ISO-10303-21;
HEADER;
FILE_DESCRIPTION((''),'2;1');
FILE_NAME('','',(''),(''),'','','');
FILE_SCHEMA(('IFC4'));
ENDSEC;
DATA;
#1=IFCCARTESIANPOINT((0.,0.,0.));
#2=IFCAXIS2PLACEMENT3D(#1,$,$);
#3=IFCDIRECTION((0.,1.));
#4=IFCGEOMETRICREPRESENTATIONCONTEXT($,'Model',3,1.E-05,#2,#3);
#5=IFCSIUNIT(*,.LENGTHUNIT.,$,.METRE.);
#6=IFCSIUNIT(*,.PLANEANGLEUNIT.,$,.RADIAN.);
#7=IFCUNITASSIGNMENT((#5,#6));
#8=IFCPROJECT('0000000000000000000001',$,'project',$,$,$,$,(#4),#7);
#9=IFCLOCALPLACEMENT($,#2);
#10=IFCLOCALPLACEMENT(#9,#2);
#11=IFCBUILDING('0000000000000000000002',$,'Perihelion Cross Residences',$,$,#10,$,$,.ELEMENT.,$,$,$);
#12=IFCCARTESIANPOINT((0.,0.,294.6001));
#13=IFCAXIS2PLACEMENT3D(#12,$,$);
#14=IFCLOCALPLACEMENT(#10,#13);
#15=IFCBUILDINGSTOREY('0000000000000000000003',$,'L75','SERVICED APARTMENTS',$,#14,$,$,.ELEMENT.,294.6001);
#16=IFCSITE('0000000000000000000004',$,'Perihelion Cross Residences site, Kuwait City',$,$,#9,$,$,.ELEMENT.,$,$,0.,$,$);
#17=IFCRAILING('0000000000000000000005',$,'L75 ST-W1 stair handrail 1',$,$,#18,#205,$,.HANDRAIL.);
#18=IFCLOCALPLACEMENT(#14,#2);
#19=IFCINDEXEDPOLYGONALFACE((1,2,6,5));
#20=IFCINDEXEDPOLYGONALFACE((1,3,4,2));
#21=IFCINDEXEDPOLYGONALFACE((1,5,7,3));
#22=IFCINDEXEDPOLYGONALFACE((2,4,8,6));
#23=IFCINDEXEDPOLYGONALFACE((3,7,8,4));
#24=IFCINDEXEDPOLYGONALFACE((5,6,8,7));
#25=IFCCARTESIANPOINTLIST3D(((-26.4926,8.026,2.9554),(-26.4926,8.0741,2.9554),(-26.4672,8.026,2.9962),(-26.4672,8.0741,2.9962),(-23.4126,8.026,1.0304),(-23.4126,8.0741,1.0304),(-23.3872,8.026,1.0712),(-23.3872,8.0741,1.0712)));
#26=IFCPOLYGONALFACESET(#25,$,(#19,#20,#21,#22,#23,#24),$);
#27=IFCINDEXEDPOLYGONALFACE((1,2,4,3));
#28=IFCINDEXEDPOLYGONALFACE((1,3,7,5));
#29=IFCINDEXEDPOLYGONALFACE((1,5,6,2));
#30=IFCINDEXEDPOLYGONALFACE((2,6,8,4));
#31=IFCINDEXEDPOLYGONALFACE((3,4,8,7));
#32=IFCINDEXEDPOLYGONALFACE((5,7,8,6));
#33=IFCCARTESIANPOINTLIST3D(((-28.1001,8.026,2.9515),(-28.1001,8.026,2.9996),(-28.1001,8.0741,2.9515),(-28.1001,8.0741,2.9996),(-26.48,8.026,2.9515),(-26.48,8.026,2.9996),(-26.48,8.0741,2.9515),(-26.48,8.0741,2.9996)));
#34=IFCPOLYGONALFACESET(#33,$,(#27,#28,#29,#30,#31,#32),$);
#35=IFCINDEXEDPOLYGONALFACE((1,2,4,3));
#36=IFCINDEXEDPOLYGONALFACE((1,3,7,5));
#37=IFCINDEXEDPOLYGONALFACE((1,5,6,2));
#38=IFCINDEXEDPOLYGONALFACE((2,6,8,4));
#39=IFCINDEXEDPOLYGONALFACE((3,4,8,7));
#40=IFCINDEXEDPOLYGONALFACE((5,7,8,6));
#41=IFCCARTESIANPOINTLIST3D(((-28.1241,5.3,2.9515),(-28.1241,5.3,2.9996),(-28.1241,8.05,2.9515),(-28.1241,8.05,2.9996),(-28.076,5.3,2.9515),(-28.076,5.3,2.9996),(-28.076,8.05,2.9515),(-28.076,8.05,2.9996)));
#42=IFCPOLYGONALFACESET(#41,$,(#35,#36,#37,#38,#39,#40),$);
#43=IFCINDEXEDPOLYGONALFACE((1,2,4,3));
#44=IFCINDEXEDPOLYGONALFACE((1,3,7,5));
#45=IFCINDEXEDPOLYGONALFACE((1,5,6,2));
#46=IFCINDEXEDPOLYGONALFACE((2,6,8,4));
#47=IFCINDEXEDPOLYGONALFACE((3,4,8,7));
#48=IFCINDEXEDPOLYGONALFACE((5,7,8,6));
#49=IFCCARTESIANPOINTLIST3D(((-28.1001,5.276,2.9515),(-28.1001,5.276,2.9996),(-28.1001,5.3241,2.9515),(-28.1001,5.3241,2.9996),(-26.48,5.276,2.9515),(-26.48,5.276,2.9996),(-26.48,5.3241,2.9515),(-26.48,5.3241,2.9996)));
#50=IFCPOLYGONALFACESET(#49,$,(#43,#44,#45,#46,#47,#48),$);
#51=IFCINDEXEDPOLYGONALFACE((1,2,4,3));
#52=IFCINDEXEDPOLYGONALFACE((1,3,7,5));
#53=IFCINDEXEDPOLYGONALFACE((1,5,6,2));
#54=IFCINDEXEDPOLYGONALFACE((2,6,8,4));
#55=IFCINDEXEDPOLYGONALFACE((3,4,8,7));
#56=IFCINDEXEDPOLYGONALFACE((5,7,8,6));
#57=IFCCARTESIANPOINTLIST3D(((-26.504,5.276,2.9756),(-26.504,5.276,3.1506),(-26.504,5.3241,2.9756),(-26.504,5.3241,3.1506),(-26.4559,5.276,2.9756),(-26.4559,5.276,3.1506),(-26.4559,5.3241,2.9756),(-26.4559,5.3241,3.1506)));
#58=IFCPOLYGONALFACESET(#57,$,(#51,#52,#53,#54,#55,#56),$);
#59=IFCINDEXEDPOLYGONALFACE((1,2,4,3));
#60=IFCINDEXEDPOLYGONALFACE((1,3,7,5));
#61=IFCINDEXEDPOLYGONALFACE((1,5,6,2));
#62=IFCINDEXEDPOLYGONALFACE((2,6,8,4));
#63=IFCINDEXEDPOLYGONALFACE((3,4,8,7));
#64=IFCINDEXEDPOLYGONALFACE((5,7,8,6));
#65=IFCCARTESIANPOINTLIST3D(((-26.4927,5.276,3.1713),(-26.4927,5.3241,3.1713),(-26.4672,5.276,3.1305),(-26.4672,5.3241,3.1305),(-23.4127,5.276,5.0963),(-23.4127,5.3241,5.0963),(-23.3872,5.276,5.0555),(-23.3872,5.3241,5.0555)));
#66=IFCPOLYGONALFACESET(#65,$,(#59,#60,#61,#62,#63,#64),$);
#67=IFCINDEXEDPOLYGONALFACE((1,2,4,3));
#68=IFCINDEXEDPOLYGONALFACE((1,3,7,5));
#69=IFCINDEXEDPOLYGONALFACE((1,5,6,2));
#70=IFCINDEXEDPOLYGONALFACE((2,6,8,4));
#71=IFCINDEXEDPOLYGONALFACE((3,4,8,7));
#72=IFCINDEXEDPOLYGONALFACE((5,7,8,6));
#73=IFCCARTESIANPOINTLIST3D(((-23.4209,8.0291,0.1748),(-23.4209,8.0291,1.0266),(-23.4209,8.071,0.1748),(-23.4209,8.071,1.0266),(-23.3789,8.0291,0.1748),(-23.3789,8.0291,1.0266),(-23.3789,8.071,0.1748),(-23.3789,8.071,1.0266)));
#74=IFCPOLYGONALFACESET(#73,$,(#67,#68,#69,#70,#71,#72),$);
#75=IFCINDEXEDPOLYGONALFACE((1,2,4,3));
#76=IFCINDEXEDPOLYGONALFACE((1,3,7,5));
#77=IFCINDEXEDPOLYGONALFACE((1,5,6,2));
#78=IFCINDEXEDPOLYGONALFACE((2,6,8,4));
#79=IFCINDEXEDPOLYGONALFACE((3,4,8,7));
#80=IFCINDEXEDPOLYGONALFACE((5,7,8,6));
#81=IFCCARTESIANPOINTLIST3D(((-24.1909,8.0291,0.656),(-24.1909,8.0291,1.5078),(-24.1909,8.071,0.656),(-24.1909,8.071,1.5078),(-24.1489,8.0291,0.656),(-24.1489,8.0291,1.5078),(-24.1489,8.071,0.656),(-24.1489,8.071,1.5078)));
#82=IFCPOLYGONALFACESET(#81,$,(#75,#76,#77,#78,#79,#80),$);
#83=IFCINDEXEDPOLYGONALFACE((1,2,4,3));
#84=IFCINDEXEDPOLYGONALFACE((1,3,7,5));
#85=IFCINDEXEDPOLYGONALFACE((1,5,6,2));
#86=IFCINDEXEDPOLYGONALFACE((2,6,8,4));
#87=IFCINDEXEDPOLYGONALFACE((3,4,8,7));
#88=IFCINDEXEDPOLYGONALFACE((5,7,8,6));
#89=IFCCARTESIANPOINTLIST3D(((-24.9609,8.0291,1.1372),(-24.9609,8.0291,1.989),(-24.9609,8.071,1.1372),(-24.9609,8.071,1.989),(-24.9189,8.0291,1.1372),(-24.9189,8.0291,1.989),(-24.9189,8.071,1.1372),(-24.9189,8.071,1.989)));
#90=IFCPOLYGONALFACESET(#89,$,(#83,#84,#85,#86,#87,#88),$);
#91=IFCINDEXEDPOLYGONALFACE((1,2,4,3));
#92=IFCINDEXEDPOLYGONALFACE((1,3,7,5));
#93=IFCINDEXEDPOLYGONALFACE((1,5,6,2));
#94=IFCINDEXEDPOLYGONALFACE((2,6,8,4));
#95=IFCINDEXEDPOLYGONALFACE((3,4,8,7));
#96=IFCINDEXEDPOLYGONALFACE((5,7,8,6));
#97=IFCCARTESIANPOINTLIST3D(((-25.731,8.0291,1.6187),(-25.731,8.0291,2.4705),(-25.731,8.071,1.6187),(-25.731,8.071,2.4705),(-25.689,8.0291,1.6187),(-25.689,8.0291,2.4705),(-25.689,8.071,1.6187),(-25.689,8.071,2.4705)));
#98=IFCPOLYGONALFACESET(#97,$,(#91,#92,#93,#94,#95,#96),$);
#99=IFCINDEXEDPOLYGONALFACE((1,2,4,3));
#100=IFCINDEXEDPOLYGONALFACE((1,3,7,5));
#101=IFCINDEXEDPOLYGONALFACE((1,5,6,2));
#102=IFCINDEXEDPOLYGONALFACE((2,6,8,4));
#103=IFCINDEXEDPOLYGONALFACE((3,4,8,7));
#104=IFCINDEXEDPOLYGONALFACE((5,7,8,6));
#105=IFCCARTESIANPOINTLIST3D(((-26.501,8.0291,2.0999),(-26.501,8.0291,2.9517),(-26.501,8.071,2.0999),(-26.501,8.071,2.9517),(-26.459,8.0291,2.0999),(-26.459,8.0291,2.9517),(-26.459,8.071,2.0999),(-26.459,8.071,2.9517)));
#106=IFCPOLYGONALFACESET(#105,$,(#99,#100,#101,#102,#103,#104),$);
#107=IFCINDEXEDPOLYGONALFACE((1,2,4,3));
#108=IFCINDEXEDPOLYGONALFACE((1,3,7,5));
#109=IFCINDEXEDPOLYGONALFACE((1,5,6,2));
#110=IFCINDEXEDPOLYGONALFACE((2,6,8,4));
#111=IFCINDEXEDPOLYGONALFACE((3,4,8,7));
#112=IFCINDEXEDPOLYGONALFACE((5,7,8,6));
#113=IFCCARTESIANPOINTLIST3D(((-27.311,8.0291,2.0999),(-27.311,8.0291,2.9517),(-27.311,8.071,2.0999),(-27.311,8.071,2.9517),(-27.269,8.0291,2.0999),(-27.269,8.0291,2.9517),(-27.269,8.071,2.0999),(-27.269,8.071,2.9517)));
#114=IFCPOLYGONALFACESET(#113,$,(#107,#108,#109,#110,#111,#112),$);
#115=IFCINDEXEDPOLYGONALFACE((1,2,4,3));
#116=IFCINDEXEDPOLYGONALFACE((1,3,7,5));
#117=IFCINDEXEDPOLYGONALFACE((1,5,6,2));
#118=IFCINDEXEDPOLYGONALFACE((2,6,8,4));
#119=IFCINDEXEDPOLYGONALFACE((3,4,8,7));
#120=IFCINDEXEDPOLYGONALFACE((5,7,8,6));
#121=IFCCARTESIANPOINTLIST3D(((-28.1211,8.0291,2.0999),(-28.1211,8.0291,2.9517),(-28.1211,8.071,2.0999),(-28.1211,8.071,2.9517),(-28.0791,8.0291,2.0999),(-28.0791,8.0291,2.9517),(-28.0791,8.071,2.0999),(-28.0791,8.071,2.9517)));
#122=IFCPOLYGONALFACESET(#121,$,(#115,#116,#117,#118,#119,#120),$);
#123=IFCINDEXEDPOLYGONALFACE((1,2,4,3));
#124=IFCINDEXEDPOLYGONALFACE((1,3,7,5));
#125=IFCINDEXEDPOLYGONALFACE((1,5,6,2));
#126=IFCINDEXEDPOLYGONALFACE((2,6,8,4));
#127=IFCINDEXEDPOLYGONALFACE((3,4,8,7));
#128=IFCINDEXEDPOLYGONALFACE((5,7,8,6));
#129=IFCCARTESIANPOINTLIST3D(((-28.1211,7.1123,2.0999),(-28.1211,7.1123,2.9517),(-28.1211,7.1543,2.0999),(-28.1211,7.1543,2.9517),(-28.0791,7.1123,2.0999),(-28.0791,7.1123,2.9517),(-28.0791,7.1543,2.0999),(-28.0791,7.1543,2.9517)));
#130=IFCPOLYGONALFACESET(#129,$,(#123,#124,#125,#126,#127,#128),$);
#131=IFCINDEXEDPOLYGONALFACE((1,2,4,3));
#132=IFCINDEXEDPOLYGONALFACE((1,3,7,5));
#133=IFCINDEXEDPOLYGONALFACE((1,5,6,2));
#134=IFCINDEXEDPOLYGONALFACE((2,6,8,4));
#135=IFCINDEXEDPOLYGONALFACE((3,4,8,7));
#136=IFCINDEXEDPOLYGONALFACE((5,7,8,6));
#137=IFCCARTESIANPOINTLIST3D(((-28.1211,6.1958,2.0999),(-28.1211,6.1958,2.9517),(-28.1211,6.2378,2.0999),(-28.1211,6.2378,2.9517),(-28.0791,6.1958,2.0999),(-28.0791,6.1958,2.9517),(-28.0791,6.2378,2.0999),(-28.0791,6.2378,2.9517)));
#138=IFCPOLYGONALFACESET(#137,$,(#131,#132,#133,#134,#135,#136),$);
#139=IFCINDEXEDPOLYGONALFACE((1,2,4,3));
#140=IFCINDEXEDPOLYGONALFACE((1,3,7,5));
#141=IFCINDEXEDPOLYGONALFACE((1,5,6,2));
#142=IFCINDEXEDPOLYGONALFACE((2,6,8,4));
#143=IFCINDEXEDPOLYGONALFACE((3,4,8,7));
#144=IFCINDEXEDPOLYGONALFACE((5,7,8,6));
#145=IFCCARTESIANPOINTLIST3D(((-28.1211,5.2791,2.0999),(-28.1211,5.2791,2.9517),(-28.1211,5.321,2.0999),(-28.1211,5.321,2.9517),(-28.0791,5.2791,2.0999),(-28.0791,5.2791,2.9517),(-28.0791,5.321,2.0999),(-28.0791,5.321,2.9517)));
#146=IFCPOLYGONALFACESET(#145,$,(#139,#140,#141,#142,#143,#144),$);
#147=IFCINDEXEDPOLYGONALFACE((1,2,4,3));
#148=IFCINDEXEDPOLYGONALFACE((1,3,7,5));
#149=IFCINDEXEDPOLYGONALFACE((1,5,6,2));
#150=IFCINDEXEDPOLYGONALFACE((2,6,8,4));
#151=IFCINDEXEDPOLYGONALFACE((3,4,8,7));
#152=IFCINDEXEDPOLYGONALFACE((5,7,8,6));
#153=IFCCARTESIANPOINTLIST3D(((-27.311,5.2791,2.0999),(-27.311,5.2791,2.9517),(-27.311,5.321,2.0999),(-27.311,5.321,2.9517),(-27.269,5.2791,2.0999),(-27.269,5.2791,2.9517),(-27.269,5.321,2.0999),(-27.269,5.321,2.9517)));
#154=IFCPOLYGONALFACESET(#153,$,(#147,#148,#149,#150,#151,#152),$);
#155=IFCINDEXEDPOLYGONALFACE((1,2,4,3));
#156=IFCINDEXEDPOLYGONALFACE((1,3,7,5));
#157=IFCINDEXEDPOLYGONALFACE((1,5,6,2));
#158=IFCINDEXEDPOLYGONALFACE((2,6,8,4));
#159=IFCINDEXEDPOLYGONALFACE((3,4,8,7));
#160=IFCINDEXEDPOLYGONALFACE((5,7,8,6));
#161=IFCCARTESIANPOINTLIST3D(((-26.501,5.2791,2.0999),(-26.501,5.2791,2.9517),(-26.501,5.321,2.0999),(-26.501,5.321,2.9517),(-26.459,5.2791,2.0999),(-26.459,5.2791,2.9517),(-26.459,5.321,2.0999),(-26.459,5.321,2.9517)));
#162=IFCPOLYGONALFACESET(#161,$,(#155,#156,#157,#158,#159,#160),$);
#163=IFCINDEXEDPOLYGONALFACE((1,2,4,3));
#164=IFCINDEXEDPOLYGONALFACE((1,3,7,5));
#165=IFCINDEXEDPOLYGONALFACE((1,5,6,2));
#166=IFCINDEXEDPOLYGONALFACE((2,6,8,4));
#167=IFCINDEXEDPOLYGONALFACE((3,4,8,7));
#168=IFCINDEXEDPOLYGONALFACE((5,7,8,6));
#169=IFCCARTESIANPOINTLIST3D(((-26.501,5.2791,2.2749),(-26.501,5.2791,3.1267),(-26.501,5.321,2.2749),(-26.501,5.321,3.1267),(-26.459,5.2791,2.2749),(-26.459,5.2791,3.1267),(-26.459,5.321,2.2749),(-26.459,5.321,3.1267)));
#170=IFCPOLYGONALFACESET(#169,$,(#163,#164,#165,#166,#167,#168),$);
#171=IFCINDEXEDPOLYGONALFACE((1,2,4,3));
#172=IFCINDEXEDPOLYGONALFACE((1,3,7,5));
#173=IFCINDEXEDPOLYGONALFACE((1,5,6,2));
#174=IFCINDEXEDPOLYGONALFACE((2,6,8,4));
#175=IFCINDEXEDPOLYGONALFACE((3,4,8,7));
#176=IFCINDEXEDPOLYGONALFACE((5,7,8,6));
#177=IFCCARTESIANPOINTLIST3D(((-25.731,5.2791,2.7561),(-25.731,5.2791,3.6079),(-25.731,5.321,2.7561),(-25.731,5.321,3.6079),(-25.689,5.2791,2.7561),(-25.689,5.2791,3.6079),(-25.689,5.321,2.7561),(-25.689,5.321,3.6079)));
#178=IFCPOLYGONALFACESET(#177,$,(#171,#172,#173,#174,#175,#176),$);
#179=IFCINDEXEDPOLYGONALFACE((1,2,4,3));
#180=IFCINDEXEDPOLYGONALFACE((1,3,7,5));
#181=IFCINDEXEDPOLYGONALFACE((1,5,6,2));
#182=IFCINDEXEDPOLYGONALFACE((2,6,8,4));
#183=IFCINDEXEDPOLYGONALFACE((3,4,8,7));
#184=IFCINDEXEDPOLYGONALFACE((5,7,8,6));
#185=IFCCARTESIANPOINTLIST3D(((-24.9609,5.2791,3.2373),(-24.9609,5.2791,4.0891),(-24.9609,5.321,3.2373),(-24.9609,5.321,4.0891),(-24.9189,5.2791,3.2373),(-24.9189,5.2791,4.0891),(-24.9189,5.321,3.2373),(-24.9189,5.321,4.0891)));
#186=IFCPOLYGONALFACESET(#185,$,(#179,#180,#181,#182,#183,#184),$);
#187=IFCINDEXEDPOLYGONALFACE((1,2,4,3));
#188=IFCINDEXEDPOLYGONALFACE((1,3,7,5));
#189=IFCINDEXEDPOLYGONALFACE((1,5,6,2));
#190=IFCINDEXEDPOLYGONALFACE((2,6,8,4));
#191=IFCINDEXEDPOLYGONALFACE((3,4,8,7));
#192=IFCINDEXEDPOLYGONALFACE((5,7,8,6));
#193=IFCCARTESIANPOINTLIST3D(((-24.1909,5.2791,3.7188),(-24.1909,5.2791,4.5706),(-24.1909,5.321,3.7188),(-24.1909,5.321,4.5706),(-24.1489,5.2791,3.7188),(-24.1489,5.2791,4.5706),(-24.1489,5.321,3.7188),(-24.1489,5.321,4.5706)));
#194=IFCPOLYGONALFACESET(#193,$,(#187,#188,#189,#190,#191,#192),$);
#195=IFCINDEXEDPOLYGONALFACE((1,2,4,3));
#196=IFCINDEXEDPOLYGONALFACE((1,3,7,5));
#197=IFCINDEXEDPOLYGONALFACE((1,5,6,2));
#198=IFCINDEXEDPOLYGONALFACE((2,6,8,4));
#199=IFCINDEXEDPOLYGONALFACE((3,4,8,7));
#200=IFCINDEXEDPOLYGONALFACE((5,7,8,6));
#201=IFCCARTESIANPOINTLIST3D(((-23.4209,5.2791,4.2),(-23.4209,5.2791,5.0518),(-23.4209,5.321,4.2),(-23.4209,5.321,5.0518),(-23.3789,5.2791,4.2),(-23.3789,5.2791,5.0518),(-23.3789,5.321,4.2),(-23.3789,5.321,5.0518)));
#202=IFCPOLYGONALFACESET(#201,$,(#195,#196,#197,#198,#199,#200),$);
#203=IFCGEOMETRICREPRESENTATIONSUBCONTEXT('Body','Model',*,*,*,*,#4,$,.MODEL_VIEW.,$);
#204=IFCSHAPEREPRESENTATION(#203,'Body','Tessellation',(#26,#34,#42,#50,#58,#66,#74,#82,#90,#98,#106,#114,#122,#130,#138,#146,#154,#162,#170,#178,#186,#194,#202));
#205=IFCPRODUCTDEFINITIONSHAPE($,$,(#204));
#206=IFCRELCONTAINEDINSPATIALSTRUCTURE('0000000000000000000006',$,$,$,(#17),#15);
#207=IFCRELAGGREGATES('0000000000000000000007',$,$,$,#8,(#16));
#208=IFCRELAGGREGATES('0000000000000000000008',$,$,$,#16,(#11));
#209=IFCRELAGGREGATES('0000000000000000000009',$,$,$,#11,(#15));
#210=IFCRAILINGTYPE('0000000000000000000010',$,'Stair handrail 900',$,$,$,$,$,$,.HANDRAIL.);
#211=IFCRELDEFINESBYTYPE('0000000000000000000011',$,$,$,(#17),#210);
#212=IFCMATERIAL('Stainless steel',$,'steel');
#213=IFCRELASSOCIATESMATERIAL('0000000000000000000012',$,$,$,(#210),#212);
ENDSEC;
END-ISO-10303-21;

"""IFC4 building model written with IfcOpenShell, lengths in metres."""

from ifc_helpers import new_model, si_unit, direction, frame, origin, origin_2d, place, context, subcontext, project, spatial, rectangle, extrude, material, type_object, element, save


model = new_model("IFC4")

# Units and contexts
model_context = context("Model", 3, precision=1e-05, world=origin(), true_north=direction((0.0, 1.0)))
body_context = subcontext(model_context, "Body", "Model", "MODEL_VIEW")
ifc_project = project(units=[si_unit("LENGTHUNIT", "METRE"), si_unit("PLANEANGLEUNIT", "RADIAN")], contexts=[model_context])

# Site, building, storey
site_placement = place(None, origin())
site = spatial("IfcSite", under=ifc_project, at=site_placement, Name="Perihelion Cross Residences site, Kuwait City", CompositionType="ELEMENT", RefElevation=0.0)
building_placement = place(site_placement, origin())
building = spatial("IfcBuilding", under=site, at=building_placement, Name="Perihelion Cross Residences", CompositionType="ELEMENT")
storey_placement = place(building_placement, frame((0.0, 0.0, 294.6001)))
storey = spatial("IfcBuildingStorey", under=building, at=storey_placement, Name="L75", Description="SERVICED APARTMENTS", CompositionType="ELEMENT", Elevation=294.6001)

# Railing
ifc_material_1 = material(Name="Stainless steel", Category="steel")
railing_type_1 = type_object("IfcRailingType", Name="Stair handrail 900", PredefinedType="HANDRAIL", material=ifc_material_1)
railing_1_placement = place(storey_placement, frame((-23.3999, 8.05, 0.1748)))
element("IfcRailing", 1, at=railing_1_placement, inside=storey, type_object=railing_type_1, Name="L75 ST-W1 stair handrail 1", PredefinedType="HANDRAIL", context=body_context, shape_type="SweptSolid", body=[
    extrude(rectangle(XDim=0.0481, YDim=0.0481, at=origin_2d()), frame((0.0, 0.0, 0.876), z_axis=(-0.847998, 0.0, 0.529999), x_axis=(0.0, -1.0, 0.0)), (0.0, 0.0, 1.0), 3.6321),
    extrude(rectangle(XDim=0.0481, YDim=0.0481, at=origin_2d()), frame((-3.0801, 0.0, 2.8008), z_axis=(-1.0, 0.0, 0.0), x_axis=(0.0, -1.0, 0.0)), (0.0, 0.0, 1.0), 1.6201),
    extrude(rectangle(XDim=0.0481, YDim=0.0481, at=origin_2d()), frame((-4.7002, 0.0, 2.8008), z_axis=(0.0, -1.0, 0.0), x_axis=(1.0, 0.0, 0.0)), (0.0, 0.0, 1.0), 2.75),
    extrude(rectangle(XDim=0.0481, YDim=0.0481, at=origin_2d()), frame((-4.7002, -2.75, 2.8008), z_axis=(1.0, 0.0, 0.0), x_axis=(0.0, 1.0, 0.0)), (0.0, 0.0, 1.0), 1.6201),
    extrude(rectangle(XDim=0.0481, YDim=0.0481, at=origin_2d()), frame((-3.0801, -2.75, 2.8008), z_axis=(0.0, 0.0, 1.0), x_axis=(1.0, 0.0, 0.0)), (0.0, 0.0, 1.0), 0.175),
    extrude(rectangle(XDim=0.0481, YDim=0.0481, at=origin_2d()), frame((-3.0801, -2.75, 2.9761), z_axis=(0.847998, 0.0, 0.529999), x_axis=(0.0, 1.0, 0.0)), (0.0, 0.0, 1.0), 3.6321),
    extrude(rectangle(XDim=0.042, YDim=0.042, at=origin_2d()), origin(), (0.0, 0.0, 1.0), 0.8518),
    extrude(rectangle(XDim=0.042, YDim=0.042, at=origin_2d()), frame((-0.77, 0.0, 0.4812)), (0.0, 0.0, 1.0), 0.8518),
    extrude(rectangle(XDim=0.042, YDim=0.042, at=origin_2d()), frame((-1.54, 0.0, 0.9624)), (0.0, 0.0, 1.0), 0.8518),
    extrude(rectangle(XDim=0.042, YDim=0.042, at=origin_2d()), frame((-2.3101, 0.0, 1.4438)), (0.0, 0.0, 1.0), 0.8518),
    extrude(rectangle(XDim=0.042, YDim=0.042, at=origin_2d()), frame((-3.0801, 0.0, 1.925)), (0.0, 0.0, 1.0), 0.8518),
    extrude(rectangle(XDim=0.042, YDim=0.042, at=origin_2d()), frame((-3.8901, 0.0, 1.925)), (0.0, 0.0, 1.0), 0.8518),
    extrude(rectangle(XDim=0.042, YDim=0.042, at=origin_2d()), frame((-4.7002, 0.0, 1.925)), (0.0, 0.0, 1.0), 0.8518),
    extrude(rectangle(XDim=0.042, YDim=0.042, at=origin_2d()), frame((-4.7002, -0.9167, 1.925)), (0.0, 0.0, 1.0), 0.8518),
    extrude(rectangle(XDim=0.042, YDim=0.042, at=origin_2d()), frame((-4.7002, -1.8333, 1.925)), (0.0, 0.0, 1.0), 0.8518),
    extrude(rectangle(XDim=0.042, YDim=0.042, at=origin_2d()), frame((-4.7002, -2.75, 1.925)), (0.0, 0.0, 1.0), 0.8518),
    extrude(rectangle(XDim=0.042, YDim=0.042, at=origin_2d()), frame((-3.8901, -2.75, 1.925)), (0.0, 0.0, 1.0), 0.8518),
    extrude(rectangle(XDim=0.042, YDim=0.042, at=origin_2d()), frame((-3.0801, -2.75, 1.925)), (0.0, 0.0, 1.0), 0.8518),
    extrude(rectangle(XDim=0.042, YDim=0.042, at=origin_2d()), frame((-3.0801, -2.75, 2.1001)), (0.0, 0.0, 1.0), 0.8518),
    extrude(rectangle(XDim=0.042, YDim=0.042, at=origin_2d()), frame((-2.3101, -2.75, 2.5813)), (0.0, 0.0, 1.0), 0.8518),
    extrude(rectangle(XDim=0.042, YDim=0.042, at=origin_2d()), frame((-1.54, -2.75, 3.0625)), (0.0, 0.0, 1.0), 0.8518),
    extrude(rectangle(XDim=0.042, YDim=0.042, at=origin_2d()), frame((-0.77, -2.75, 3.5439)), (0.0, 0.0, 1.0), 0.8518),
    extrude(rectangle(XDim=0.042, YDim=0.042, at=origin_2d()), frame((0.0, -2.75, 4.0251)), (0.0, 0.0, 1.0), 0.8518),
])

save(model, "model.ifc")
